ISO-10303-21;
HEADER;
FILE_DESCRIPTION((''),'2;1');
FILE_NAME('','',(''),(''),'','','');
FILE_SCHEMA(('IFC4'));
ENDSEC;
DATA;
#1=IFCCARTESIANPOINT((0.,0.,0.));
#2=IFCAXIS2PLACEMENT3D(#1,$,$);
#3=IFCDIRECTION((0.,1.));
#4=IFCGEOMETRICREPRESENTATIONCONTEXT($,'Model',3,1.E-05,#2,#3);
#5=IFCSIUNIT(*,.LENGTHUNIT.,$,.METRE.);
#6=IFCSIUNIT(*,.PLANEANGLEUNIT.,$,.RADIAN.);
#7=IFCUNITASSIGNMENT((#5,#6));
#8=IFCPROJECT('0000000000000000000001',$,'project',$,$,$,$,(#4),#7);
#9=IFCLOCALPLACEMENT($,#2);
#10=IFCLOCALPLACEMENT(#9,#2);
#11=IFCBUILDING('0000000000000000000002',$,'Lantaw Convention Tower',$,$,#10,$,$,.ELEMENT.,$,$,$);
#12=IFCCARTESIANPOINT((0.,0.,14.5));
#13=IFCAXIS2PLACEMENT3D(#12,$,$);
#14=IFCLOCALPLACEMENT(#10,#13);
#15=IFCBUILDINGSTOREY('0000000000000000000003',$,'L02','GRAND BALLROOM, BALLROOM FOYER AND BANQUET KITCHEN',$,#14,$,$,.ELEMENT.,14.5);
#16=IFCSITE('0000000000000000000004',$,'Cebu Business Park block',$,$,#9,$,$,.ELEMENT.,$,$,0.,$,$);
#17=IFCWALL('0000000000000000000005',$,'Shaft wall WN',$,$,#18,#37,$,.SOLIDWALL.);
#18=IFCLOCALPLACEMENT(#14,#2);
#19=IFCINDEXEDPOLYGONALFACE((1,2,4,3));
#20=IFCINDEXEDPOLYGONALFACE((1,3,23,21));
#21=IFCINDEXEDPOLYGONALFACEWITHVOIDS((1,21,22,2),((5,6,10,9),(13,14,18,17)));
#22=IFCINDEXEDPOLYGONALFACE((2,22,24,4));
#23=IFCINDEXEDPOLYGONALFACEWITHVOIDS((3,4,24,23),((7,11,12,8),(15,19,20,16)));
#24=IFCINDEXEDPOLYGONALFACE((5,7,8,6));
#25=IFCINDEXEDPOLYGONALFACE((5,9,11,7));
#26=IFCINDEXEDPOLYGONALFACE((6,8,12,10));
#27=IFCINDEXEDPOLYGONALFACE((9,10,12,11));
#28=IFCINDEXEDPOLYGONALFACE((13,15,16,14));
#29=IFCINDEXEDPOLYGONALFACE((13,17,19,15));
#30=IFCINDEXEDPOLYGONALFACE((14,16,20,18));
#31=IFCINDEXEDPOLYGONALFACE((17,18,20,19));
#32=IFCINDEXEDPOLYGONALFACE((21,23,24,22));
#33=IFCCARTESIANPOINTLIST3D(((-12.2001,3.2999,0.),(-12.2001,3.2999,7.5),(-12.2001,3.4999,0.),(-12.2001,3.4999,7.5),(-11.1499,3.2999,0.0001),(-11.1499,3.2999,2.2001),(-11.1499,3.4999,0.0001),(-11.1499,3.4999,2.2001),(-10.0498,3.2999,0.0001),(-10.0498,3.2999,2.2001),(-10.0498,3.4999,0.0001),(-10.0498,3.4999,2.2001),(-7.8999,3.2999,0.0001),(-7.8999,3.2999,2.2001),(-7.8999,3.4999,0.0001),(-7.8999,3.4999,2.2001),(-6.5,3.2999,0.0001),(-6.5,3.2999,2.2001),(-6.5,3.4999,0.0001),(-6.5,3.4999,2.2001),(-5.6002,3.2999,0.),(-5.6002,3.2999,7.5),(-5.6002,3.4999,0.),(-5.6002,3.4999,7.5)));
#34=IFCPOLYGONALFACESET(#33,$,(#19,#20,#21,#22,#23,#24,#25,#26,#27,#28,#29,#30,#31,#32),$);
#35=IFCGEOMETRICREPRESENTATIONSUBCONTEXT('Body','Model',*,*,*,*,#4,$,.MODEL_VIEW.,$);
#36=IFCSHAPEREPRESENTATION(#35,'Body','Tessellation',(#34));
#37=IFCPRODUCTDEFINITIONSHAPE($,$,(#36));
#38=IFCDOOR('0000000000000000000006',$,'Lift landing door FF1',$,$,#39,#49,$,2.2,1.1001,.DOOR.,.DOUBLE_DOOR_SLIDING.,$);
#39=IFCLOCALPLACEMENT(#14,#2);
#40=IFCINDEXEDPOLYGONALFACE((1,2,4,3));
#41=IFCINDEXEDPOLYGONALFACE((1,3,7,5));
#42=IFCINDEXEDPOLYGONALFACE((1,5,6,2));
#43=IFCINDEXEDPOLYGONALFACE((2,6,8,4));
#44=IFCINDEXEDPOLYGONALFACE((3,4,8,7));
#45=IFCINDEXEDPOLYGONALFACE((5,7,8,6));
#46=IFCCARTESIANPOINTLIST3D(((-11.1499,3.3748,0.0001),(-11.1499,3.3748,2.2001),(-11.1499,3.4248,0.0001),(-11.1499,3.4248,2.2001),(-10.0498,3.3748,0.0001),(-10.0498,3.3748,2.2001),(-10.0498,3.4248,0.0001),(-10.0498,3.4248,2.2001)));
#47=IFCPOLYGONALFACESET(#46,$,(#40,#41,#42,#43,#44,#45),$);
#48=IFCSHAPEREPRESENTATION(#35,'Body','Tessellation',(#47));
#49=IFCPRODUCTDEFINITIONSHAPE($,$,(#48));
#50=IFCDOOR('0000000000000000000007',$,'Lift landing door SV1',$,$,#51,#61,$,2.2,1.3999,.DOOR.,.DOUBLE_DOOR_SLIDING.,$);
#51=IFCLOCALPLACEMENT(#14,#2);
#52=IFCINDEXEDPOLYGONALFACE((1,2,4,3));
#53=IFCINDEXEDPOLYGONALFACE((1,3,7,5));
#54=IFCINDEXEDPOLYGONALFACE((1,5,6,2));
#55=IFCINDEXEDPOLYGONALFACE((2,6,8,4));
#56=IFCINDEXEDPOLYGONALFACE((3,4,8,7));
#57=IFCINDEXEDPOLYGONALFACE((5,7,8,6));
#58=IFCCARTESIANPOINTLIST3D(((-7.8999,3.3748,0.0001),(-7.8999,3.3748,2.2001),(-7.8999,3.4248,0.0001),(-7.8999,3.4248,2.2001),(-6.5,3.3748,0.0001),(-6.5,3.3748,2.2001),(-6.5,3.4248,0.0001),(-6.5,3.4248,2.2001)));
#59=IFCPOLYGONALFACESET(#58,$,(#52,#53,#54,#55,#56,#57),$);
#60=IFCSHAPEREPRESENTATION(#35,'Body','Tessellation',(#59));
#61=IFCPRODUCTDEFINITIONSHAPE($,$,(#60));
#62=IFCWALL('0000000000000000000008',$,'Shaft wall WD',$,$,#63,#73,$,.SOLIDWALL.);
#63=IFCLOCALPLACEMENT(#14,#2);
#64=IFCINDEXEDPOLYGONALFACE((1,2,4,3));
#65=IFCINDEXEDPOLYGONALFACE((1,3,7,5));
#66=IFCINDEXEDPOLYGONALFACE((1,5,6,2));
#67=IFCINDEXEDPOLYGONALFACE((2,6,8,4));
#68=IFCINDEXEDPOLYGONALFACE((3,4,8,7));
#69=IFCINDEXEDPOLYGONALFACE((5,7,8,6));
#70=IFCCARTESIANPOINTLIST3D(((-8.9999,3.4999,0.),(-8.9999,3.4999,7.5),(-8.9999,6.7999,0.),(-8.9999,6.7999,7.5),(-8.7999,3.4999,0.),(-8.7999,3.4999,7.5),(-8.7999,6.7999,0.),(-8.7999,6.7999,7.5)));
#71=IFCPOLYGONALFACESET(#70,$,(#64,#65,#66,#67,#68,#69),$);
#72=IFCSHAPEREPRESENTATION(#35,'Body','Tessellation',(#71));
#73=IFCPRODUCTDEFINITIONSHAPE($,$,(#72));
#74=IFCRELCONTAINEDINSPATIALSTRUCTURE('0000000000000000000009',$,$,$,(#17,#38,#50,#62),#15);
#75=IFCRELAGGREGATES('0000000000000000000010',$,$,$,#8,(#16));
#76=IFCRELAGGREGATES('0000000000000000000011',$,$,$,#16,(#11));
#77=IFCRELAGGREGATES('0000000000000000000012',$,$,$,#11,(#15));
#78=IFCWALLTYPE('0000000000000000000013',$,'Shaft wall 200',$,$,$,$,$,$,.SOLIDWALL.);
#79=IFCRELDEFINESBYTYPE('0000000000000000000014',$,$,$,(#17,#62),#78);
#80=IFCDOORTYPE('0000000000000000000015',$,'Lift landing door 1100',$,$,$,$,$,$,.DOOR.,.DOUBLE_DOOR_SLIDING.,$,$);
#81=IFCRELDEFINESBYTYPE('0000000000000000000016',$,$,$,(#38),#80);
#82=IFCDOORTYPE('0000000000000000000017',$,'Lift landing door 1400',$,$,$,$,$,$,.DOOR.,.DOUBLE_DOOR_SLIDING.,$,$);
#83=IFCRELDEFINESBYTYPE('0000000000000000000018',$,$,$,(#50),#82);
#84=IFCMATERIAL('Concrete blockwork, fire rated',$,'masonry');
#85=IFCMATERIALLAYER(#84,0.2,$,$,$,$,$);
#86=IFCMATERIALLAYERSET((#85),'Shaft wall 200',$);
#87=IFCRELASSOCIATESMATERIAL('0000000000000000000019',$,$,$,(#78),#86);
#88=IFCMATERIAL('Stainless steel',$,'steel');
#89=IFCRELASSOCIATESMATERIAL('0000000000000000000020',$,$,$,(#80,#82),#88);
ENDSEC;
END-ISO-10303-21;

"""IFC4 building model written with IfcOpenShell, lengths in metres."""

from ifc_helpers import new_model, si_unit, direction, frame, frame_2d, origin, place, context, subcontext, project, spatial, rectangle, extrude, material, layer, layer_set, type_object, element, fill, save


model = new_model("IFC4")

# Units and contexts
model_context = context("Model", 3, precision=1e-05, world=origin(), true_north=direction((0.0, 1.0)))
body_context = subcontext(model_context, "Body", "Model", "MODEL_VIEW")
ifc_project = project(units=[si_unit("LENGTHUNIT", "METRE"), si_unit("PLANEANGLEUNIT", "RADIAN")], contexts=[model_context])

# Site, building, storey
site_placement = place(None, origin())
site = spatial("IfcSite", under=ifc_project, at=site_placement, Name="Cebu Business Park block", CompositionType="ELEMENT", RefElevation=0.0)
building_placement = place(site_placement, origin())
building = spatial("IfcBuilding", under=site, at=building_placement, Name="Lantaw Convention Tower", CompositionType="ELEMENT")
storey_placement = place(building_placement, frame((0.0, 0.0, 14.5)))
storey = spatial("IfcBuildingStorey", under=building, at=storey_placement, Name="L02", Description="GRAND BALLROOM, BALLROOM FOYER AND BANQUET KITCHEN", CompositionType="ELEMENT", Elevation=14.5)

# Shared definitions
ifc_material_1 = material(Name="Concrete blockwork, fire rated", Category="masonry")
ifc_layer_1 = layer(ifc_material_1, 0.2)
ifc_layer_set_1 = layer_set([ifc_layer_1], Name="Shaft wall 200")
wall_type_1 = type_object("IfcWallType", Name="Shaft wall 200", PredefinedType="SOLIDWALL", material=ifc_layer_set_1)

# Wall, openings, doors
wall_1_placement = place(storey_placement, frame((-12.2, 3.3999, 0.0), z_axis=(0.0, 0.0, 1.0), x_axis=(1.0, 0.0, 0.0)))
wall_1 = element("IfcWall", 1, at=wall_1_placement, inside=storey, type_object=wall_type_1, Name="Shaft wall WN", PredefinedType="SOLIDWALL", context=body_context, shape_type="SweptSolid", body=[
    extrude(rectangle(XDim=6.5999, YDim=0.2, at=frame_2d((3.2998, 0.0))), origin(), (0.0, 0.0, 1.0), 7.5),
])
opening_1_placement = place(wall_1_placement, frame((1.05, 0.0, 0.0)))
opening_1 = element("IfcOpeningElement", 2, at=opening_1_placement, cuts=wall_1, PredefinedType="OPENING", context=body_context, shape_type="SweptSolid", body=[
    extrude(rectangle(XDim=1.1001, YDim=2.2, at=frame_2d((0.55, 1.1001))), frame((0.0, 0.1099, 0.0), z_axis=(0.0, -1.0, 0.0), x_axis=(1.0, 0.0, 0.0)), (0.0, 0.0, 1.0), 0.22),
])
opening_2_placement = place(wall_1_placement, frame((4.3, 0.0, 0.0)))
opening_2 = element("IfcOpeningElement", 3, at=opening_2_placement, cuts=wall_1, PredefinedType="OPENING", context=body_context, shape_type="SweptSolid", body=[
    extrude(rectangle(XDim=1.3999, YDim=2.2, at=frame_2d((0.7, 1.1001))), frame((0.0, 0.1099, 0.0), z_axis=(0.0, -1.0, 0.0), x_axis=(1.0, 0.0, 0.0)), (0.0, 0.0, 1.0), 0.22),
])
ifc_material_2 = material(Name="Stainless steel", Category="steel")
door_type_1 = type_object("IfcDoorType", Name="Lift landing door 1100", OperationType="DOUBLE_DOOR_SLIDING", PredefinedType="DOOR", material=ifc_material_2)
door_1_placement = place(opening_1_placement, origin())
door_1 = element("IfcDoor", 4, at=door_1_placement, inside=storey, type_object=door_type_1, Name="Lift landing door FF1", OperationType="DOUBLE_DOOR_SLIDING", OverallHeight=2.2, OverallWidth=1.1001, PredefinedType="DOOR", context=body_context, shape_type="SweptSolid", body=[
    extrude(rectangle(XDim=1.1001, YDim=2.2, at=frame_2d((0.55, 1.1001))), frame((0.0, 0.0249, 0.0), z_axis=(0.0, -1.0, 0.0), x_axis=(1.0, 0.0, 0.0)), (0.0, 0.0, 1.0), 0.05),
])
fill(opening_1, door_1)
door_type_2 = type_object("IfcDoorType", Name="Lift landing door 1400", OperationType="DOUBLE_DOOR_SLIDING", PredefinedType="DOOR", material=ifc_material_2)
door_2_placement = place(opening_2_placement, origin())
door_2 = element("IfcDoor", 5, at=door_2_placement, inside=storey, type_object=door_type_2, Name="Lift landing door SV1", OperationType="DOUBLE_DOOR_SLIDING", OverallHeight=2.2, OverallWidth=1.3999, PredefinedType="DOOR", context=body_context, shape_type="SweptSolid", body=[
    extrude(rectangle(XDim=1.3999, YDim=2.2, at=frame_2d((0.7, 1.1001))), frame((0.0, 0.0249, 0.0), z_axis=(0.0, -1.0, 0.0), x_axis=(1.0, 0.0, 0.0)), (0.0, 0.0, 1.0), 0.05),
])
fill(opening_2, door_2)

# Wall
wall_2_placement = place(storey_placement, frame((-8.8999, 3.5, 0.0), z_axis=(0.0, 0.0, 1.0), x_axis=(0.0, 1.0, 0.0)))
element("IfcWall", 6, at=wall_2_placement, inside=storey, type_object=wall_type_1, Name="Shaft wall WD", PredefinedType="SOLIDWALL", context=body_context, shape_type="SweptSolid", body=[
    extrude(rectangle(XDim=3.3, YDim=0.2, at=frame_2d((1.6499, 0.0))), origin(), (0.0, 0.0, 1.0), 7.5),
])

save(model, "model.ifc")
